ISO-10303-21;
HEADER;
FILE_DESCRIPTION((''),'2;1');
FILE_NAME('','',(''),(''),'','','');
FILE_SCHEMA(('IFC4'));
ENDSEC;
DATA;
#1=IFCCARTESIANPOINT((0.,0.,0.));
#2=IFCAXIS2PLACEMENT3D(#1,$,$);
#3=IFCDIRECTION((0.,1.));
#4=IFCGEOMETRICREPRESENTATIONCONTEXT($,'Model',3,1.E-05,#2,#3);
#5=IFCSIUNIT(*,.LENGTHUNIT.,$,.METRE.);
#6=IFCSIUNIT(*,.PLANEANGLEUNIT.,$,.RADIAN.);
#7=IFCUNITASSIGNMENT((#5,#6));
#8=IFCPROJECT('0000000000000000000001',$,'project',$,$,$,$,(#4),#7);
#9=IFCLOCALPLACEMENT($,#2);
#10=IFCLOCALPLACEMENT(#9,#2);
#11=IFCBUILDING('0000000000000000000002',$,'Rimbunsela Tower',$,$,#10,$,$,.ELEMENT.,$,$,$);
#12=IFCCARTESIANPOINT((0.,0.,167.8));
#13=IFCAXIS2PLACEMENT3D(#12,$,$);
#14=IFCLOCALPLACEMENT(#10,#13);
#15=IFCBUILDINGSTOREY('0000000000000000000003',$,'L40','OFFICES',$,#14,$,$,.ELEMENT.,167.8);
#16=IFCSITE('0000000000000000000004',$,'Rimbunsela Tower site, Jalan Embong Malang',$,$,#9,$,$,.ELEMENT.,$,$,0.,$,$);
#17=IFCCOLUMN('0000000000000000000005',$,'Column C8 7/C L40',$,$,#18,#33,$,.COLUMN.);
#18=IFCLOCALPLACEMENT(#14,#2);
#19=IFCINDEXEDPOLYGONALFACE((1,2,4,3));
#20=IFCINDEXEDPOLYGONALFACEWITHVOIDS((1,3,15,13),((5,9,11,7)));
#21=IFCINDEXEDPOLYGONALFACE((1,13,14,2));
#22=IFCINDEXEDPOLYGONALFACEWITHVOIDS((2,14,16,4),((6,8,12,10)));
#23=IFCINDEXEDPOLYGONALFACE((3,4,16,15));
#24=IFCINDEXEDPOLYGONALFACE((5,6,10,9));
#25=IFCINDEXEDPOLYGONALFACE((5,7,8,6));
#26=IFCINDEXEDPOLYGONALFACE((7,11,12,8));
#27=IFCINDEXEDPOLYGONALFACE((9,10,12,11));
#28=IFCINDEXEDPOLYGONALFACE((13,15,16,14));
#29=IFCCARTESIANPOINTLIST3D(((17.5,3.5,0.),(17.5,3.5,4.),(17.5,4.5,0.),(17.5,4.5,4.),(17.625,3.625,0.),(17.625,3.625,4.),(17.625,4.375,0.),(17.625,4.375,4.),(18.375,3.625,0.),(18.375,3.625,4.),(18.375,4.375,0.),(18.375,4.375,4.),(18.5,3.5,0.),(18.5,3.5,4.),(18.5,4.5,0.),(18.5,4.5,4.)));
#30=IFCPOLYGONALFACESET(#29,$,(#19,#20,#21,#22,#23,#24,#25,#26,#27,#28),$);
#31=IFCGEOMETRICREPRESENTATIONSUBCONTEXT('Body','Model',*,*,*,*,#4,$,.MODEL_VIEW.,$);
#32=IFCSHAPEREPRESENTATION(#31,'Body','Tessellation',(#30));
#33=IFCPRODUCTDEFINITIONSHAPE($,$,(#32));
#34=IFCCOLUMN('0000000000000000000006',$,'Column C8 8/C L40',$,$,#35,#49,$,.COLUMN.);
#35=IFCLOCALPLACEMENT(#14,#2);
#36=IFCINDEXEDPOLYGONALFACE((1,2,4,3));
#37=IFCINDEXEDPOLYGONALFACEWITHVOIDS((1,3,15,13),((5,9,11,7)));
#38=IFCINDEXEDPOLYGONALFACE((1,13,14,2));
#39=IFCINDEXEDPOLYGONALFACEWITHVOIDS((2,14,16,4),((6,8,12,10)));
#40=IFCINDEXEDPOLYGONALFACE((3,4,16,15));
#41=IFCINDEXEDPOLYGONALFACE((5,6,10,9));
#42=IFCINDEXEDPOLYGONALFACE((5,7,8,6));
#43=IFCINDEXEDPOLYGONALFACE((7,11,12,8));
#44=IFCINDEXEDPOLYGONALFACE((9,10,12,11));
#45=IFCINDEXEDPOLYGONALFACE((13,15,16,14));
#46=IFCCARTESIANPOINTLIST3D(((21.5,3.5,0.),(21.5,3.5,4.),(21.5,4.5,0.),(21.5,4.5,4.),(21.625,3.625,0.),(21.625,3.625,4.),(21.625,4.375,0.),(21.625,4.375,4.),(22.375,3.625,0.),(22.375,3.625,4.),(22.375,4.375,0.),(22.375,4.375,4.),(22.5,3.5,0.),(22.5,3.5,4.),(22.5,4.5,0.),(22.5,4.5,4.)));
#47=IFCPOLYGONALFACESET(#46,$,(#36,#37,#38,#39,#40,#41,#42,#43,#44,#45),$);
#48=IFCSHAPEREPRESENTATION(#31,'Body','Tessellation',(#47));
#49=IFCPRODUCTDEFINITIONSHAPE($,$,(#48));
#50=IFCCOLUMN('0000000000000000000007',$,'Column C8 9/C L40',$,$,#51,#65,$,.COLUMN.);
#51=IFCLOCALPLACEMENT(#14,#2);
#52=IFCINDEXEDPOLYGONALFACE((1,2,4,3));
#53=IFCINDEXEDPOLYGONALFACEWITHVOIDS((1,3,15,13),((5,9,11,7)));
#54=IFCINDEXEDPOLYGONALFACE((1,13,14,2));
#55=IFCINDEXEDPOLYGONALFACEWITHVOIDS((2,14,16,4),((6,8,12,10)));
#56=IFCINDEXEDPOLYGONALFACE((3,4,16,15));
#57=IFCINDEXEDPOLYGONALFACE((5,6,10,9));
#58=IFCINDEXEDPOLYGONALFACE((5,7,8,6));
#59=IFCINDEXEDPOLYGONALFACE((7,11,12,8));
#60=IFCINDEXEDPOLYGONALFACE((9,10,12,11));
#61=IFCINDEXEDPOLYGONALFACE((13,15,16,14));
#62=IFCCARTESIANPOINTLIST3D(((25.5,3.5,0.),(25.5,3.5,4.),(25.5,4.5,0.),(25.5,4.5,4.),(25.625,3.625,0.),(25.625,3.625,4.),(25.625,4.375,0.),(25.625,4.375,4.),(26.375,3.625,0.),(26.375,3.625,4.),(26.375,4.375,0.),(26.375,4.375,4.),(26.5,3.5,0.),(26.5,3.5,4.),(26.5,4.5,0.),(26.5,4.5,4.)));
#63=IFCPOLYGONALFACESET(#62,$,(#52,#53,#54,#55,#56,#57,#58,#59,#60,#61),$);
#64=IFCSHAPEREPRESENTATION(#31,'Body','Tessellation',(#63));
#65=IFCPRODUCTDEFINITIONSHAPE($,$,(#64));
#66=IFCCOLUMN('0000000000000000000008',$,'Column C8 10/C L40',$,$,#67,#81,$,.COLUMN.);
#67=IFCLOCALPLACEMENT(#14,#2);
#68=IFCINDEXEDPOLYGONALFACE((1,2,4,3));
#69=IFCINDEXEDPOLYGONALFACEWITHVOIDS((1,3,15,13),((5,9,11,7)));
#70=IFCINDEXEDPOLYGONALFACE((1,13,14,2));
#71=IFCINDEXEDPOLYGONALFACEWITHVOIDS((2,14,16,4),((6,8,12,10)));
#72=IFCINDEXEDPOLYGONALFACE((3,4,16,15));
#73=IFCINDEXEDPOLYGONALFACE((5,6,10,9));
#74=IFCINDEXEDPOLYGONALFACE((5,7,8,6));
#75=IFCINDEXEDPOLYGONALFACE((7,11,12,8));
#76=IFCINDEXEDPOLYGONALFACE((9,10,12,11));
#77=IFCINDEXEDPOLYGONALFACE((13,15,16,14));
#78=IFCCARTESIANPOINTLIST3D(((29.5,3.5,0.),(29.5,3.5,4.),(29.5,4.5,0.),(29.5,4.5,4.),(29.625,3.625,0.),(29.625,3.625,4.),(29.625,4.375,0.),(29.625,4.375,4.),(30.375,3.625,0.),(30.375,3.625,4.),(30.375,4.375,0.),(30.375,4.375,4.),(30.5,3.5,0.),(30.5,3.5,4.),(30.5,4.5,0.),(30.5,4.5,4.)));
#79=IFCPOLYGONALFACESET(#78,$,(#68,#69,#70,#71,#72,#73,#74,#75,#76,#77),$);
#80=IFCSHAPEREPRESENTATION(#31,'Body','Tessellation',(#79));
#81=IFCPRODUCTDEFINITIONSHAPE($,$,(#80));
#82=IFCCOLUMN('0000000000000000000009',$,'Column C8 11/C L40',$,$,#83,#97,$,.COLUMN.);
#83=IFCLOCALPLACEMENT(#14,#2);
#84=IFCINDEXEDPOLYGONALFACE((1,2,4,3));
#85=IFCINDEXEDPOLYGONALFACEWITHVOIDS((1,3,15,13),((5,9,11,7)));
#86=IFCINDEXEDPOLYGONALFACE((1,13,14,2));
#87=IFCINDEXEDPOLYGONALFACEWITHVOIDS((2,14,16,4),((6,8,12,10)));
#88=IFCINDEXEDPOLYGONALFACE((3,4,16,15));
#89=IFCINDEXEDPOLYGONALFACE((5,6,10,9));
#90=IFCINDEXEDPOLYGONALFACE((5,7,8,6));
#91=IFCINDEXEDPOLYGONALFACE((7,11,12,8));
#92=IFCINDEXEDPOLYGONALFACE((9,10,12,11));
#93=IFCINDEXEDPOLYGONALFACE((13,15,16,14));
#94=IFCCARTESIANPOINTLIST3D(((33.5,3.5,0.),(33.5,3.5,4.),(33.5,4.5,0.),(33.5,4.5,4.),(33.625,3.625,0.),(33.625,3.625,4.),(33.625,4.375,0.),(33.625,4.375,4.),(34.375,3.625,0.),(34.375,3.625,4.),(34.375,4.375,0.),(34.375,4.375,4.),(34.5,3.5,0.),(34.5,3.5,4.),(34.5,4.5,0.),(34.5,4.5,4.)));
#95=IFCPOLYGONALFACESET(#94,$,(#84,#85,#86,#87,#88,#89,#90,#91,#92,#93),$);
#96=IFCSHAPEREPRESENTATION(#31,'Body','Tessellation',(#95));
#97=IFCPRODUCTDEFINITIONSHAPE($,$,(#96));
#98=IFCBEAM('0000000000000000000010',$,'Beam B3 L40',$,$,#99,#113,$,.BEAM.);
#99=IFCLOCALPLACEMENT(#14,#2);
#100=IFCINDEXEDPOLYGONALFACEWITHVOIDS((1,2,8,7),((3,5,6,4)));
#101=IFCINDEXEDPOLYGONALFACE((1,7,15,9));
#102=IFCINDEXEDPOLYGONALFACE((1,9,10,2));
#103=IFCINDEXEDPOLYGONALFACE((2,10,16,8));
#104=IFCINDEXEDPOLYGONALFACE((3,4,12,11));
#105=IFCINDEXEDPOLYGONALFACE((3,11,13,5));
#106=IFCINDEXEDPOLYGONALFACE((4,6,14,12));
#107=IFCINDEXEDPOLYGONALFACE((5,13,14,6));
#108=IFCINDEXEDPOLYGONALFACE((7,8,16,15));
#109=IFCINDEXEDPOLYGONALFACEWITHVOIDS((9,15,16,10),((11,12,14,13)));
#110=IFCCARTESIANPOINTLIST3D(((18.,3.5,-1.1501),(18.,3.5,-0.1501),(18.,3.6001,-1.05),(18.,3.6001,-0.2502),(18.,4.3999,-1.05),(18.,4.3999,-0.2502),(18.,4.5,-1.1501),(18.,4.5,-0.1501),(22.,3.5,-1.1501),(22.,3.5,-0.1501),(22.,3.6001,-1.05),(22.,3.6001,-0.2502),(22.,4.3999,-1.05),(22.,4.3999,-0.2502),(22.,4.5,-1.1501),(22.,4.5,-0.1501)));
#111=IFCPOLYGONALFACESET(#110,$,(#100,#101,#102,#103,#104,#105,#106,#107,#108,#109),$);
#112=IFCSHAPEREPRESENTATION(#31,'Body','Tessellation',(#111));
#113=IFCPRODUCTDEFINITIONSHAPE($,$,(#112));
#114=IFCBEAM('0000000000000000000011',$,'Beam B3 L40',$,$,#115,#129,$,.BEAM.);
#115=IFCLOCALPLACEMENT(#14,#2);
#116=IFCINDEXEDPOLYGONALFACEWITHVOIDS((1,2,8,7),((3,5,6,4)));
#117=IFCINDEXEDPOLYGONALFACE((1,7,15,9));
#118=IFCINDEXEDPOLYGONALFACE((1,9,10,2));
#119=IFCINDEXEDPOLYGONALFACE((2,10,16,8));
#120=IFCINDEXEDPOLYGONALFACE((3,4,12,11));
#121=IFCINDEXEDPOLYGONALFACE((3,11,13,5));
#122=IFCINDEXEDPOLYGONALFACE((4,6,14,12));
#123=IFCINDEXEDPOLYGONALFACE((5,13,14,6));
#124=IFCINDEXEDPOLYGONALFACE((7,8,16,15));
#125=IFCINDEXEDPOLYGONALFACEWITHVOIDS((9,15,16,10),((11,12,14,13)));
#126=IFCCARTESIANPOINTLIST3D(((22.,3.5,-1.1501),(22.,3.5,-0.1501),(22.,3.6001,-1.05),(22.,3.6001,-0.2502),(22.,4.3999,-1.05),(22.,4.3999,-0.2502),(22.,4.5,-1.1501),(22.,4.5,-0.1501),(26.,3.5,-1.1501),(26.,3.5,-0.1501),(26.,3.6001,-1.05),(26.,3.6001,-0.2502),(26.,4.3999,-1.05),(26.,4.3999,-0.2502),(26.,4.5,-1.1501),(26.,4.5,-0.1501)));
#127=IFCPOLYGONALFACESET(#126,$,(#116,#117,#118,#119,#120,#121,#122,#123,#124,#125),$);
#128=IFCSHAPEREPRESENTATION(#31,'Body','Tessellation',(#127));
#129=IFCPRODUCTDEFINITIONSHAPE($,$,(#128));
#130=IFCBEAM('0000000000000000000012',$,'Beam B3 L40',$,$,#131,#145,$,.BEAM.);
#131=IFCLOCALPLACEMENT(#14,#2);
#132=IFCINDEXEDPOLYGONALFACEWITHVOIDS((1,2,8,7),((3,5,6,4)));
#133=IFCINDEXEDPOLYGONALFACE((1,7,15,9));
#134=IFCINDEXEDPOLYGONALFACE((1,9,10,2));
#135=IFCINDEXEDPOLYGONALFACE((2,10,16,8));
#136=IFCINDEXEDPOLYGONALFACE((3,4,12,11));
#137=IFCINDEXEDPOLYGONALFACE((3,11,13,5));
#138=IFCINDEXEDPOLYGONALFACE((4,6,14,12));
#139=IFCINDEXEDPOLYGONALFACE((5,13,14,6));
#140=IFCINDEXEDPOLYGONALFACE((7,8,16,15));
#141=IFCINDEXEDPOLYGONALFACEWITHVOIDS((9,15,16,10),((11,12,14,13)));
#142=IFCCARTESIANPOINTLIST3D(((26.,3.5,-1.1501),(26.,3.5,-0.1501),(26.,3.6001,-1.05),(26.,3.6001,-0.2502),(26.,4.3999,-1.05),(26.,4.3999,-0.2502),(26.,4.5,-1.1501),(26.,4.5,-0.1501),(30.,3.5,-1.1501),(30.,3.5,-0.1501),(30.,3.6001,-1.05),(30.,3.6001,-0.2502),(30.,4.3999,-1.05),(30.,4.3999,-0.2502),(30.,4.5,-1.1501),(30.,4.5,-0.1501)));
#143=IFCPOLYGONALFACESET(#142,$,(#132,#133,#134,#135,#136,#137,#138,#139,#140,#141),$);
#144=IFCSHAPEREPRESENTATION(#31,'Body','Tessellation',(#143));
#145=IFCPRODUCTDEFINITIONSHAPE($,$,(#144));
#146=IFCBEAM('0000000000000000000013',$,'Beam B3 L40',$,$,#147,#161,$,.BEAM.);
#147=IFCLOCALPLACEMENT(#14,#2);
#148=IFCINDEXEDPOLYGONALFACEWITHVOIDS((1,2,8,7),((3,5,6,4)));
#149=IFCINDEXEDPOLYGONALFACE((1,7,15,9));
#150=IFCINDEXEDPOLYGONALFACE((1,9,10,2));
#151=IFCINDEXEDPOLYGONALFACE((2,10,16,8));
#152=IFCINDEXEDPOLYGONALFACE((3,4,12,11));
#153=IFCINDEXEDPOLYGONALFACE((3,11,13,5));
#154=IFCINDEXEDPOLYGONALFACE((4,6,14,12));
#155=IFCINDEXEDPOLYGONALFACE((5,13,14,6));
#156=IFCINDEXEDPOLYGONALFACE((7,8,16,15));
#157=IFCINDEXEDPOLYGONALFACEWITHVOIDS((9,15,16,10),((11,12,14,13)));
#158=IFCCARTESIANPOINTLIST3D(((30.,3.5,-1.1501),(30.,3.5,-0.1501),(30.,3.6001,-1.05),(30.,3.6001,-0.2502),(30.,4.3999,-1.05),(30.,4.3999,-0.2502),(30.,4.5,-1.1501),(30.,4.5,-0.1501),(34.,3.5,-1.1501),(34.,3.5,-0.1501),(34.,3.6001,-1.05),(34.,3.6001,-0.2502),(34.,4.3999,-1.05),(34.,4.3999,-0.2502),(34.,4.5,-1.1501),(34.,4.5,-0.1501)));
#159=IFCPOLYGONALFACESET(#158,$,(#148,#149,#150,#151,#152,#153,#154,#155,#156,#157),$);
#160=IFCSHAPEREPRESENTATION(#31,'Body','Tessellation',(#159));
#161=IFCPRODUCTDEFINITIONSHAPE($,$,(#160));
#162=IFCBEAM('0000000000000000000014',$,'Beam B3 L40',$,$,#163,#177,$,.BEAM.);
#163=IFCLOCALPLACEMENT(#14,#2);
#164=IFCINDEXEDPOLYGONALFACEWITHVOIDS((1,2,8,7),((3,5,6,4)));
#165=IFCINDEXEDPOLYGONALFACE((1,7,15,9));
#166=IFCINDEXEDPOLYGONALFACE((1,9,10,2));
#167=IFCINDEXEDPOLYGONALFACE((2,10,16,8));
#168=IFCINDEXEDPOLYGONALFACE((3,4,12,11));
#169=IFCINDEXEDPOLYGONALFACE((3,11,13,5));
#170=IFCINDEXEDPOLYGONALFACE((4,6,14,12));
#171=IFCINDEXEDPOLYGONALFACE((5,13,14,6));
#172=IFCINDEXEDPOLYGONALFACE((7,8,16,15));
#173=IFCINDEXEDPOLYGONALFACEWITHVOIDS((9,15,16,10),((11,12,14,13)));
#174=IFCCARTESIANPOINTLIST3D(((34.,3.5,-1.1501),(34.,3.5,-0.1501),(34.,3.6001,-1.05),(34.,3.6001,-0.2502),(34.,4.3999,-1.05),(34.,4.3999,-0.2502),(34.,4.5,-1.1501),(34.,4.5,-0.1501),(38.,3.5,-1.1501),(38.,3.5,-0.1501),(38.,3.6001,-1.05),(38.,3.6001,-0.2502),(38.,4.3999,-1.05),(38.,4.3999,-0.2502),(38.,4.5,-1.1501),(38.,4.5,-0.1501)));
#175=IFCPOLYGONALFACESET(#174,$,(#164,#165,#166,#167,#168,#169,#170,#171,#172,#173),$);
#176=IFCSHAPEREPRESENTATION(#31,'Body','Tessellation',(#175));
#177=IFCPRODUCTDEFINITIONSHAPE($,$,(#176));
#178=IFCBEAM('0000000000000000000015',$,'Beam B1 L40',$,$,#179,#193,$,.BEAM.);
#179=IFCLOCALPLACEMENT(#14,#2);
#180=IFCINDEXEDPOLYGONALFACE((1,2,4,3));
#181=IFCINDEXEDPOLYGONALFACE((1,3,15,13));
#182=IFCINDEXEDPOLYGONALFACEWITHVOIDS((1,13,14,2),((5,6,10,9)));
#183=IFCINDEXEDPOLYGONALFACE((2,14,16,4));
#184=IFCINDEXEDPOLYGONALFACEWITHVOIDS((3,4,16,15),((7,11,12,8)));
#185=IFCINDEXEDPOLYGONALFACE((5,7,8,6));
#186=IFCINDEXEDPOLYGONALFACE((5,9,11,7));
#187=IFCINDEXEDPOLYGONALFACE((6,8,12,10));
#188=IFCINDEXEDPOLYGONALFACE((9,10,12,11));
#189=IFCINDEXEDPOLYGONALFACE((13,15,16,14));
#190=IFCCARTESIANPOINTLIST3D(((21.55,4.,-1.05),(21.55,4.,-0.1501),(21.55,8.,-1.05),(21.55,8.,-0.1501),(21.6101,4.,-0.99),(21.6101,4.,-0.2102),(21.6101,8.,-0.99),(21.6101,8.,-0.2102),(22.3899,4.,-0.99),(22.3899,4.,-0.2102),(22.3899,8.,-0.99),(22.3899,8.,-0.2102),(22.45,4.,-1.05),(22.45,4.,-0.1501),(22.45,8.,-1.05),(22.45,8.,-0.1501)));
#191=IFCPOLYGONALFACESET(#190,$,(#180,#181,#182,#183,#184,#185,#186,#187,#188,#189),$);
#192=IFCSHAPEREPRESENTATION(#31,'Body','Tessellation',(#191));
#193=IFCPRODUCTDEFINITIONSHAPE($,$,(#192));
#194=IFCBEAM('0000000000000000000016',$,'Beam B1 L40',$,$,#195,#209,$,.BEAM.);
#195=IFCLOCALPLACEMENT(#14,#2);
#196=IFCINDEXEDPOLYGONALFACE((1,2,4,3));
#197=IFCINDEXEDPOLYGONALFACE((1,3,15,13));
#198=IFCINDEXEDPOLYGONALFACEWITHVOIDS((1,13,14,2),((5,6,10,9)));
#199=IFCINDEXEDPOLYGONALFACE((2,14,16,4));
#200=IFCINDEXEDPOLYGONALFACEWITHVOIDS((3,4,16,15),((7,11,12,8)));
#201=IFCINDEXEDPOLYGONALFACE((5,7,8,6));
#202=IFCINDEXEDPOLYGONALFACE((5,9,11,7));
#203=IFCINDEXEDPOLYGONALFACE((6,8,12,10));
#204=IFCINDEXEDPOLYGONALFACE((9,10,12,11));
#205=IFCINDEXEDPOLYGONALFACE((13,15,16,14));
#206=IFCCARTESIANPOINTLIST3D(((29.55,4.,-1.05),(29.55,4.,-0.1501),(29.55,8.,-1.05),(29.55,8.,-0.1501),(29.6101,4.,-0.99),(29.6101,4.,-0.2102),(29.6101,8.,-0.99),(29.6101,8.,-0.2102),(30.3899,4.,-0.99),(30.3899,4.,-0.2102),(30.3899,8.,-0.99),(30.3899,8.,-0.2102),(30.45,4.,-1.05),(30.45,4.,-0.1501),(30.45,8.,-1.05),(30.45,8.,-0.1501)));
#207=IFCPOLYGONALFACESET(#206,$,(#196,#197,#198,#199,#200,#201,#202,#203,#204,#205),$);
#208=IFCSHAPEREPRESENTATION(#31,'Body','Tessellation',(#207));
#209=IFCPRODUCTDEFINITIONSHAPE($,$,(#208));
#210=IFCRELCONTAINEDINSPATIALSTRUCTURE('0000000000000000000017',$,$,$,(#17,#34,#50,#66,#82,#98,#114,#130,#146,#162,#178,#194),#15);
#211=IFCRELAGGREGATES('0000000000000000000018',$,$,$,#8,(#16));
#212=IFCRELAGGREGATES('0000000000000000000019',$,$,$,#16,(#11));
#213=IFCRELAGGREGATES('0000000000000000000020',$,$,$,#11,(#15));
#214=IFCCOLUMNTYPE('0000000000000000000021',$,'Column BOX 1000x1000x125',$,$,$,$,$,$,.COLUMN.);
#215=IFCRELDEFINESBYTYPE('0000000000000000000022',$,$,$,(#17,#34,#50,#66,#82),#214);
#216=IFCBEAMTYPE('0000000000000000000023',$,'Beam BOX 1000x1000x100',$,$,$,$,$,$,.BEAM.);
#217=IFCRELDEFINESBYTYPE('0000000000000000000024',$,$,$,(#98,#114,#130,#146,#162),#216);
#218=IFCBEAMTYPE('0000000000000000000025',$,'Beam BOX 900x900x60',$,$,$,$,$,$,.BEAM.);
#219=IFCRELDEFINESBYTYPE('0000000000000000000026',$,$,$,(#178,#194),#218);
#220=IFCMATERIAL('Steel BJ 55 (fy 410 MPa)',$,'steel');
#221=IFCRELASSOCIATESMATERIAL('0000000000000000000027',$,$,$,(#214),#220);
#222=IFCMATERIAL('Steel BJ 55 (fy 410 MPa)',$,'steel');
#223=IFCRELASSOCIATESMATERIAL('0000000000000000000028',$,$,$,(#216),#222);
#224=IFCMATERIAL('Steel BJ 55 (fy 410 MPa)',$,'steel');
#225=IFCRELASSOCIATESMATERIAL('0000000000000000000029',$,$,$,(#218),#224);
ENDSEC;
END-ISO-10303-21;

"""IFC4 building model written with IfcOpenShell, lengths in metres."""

from ifc_helpers import new_model, si_unit, direction, frame, origin, origin_2d, place, context, subcontext, project, spatial, hollow_rectangle, extrude, material, material_profile, profile_set, type_object, element, save


model = new_model("IFC4")

# Units and contexts
model_context = context("Model", 3, precision=1e-05, world=origin(), true_north=direction((0.0, 1.0)))
body_context = subcontext(model_context, "Body", "Model", "MODEL_VIEW")
ifc_project = project(units=[si_unit("LENGTHUNIT", "METRE"), si_unit("PLANEANGLEUNIT", "RADIAN")], contexts=[model_context])

# Site, building, storey
site_placement = place(None, origin())
site = spatial("IfcSite", under=ifc_project, at=site_placement, Name="Rimbunsela Tower site, Jalan Embong Malang", CompositionType="ELEMENT", RefElevation=0.0)
building_placement = place(site_placement, origin())
building = spatial("IfcBuilding", under=site, at=building_placement, Name="Rimbunsela Tower", CompositionType="ELEMENT")
storey_placement = place(building_placement, frame((0.0, 0.0, 167.8)))
storey = spatial("IfcBuildingStorey", under=building, at=storey_placement, Name="L40", Description="OFFICES", CompositionType="ELEMENT", Elevation=167.8)

# Columns
ifc_material_1 = material(Name="Steel BJ 55 (fy 410 MPa)", Category="steel")
ifc_material_profile_1 = material_profile(ifc_material_1, hollow_rectangle(XDim=1.0, YDim=1.0, WallThickness=0.125, at=origin_2d()), Name="BOX 1000x1000x125")
ifc_profile_set_1 = profile_set([ifc_material_profile_1], Name="Steel BJ 55 (fy 410 MPa)")
column_type = type_object("IfcColumnType", Name="Column BOX 1000x1000x125", PredefinedType="COLUMN", material=ifc_profile_set_1)
for number, where, z_axis, x_axis, name in (
    (1, (18.0, 4.0, 0.0), (0.0, 0.0, 1.0), (1.0, 0.0, 0.0), "Column C8 7/C L40"),
    (2, (22.0, 4.0, 0.0), (0.0, 0.0, 1.0), (1.0, 0.0, 0.0), "Column C8 8/C L40"),
    (3, (26.0, 4.0, 0.0), (0.0, 0.0, 1.0), (1.0, 0.0, 0.0), "Column C8 9/C L40"),
    (4, (30.0, 4.0, 0.0), (0.0, 0.0, 1.0), (1.0, 0.0, 0.0), "Column C8 10/C L40"),
    (5, (34.0, 4.0, 0.0), (0.0, 0.0, 1.0), (1.0, 0.0, 0.0), "Column C8 11/C L40"),
):
    element("IfcColumn", number, at=place(storey_placement, frame(where, z_axis=z_axis, x_axis=x_axis)), inside=storey, type_object=column_type, Name=name, PredefinedType="COLUMN", context=body_context, shape_type="SweptSolid", body=[
        extrude(hollow_rectangle(XDim=1.0, YDim=1.0, WallThickness=0.125, at=origin_2d()), origin(), (0.0, 0.0, 1.0), 4.0),
    ])

# Beams
ifc_material_2 = material(Name="Steel BJ 55 (fy 410 MPa)", Category="steel")
ifc_material_profile_2 = material_profile(ifc_material_2, hollow_rectangle(XDim=1.0, YDim=1.0, WallThickness=0.1001, at=origin_2d()), Name="BOX 1000x1000x100")
ifc_profile_set_2 = profile_set([ifc_material_profile_2], Name="Steel BJ 55 (fy 410 MPa)")
beam_type_1 = type_object("IfcBeamType", Name="Beam BOX 1000x1000x100", PredefinedType="BEAM", material=ifc_profile_set_2)
for number, where, z_axis, x_axis, name in (
    (6, (18.0, 4.0, -0.6501), (1.0, 0.0, 0.0), (0.0, 1.0, 0.0), "Beam B3 L40"),
    (7, (22.0, 4.0, -0.6501), (1.0, 0.0, 0.0), (0.0, 1.0, 0.0), "Beam B3 L40"),
    (8, (26.0, 4.0, -0.6501), (1.0, 0.0, 0.0), (0.0, 1.0, 0.0), "Beam B3 L40"),
    (9, (30.0, 4.0, -0.6501), (1.0, 0.0, 0.0), (0.0, 1.0, 0.0), "Beam B3 L40"),
    (10, (34.0, 4.0, -0.6501), (1.0, 0.0, 0.0), (0.0, 1.0, 0.0), "Beam B3 L40"),
):
    element("IfcBeam", number, at=place(storey_placement, frame(where, z_axis=z_axis, x_axis=x_axis)), inside=storey, type_object=beam_type_1, Name=name, PredefinedType="BEAM", context=body_context, shape_type="SweptSolid", body=[
        extrude(hollow_rectangle(XDim=1.0, YDim=1.0, WallThickness=0.1001, at=origin_2d()), origin(), (0.0, 0.0, 1.0), 4.0),
    ])
ifc_material_3 = material(Name="Steel BJ 55 (fy 410 MPa)", Category="steel")
ifc_material_profile_3 = material_profile(ifc_material_3, hollow_rectangle(XDim=0.8999, YDim=0.8999, WallThickness=0.0601, at=origin_2d()), Name="BOX 900x900x60")
ifc_profile_set_3 = profile_set([ifc_material_profile_3], Name="Steel BJ 55 (fy 410 MPa)")
beam_type_2 = type_object("IfcBeamType", Name="Beam BOX 900x900x60", PredefinedType="BEAM", material=ifc_profile_set_3)
for number, where, z_axis, x_axis, name in (
    (11, (22.0, 4.0, -0.6001), (0.0, 1.0, 0.0), (-1.0, 0.0, 0.0), "Beam B1 L40"),
    (12, (30.0, 4.0, -0.6001), (0.0, 1.0, 0.0), (-1.0, 0.0, 0.0), "Beam B1 L40"),
):
    element("IfcBeam", number, at=place(storey_placement, frame(where, z_axis=z_axis, x_axis=x_axis)), inside=storey, type_object=beam_type_2, Name=name, PredefinedType="BEAM", context=body_context, shape_type="SweptSolid", body=[
        extrude(hollow_rectangle(XDim=0.8999, YDim=0.8999, WallThickness=0.0601, at=origin_2d()), origin(), (0.0, 0.0, 1.0), 4.0),
    ])

save(model, "model.ifc")
